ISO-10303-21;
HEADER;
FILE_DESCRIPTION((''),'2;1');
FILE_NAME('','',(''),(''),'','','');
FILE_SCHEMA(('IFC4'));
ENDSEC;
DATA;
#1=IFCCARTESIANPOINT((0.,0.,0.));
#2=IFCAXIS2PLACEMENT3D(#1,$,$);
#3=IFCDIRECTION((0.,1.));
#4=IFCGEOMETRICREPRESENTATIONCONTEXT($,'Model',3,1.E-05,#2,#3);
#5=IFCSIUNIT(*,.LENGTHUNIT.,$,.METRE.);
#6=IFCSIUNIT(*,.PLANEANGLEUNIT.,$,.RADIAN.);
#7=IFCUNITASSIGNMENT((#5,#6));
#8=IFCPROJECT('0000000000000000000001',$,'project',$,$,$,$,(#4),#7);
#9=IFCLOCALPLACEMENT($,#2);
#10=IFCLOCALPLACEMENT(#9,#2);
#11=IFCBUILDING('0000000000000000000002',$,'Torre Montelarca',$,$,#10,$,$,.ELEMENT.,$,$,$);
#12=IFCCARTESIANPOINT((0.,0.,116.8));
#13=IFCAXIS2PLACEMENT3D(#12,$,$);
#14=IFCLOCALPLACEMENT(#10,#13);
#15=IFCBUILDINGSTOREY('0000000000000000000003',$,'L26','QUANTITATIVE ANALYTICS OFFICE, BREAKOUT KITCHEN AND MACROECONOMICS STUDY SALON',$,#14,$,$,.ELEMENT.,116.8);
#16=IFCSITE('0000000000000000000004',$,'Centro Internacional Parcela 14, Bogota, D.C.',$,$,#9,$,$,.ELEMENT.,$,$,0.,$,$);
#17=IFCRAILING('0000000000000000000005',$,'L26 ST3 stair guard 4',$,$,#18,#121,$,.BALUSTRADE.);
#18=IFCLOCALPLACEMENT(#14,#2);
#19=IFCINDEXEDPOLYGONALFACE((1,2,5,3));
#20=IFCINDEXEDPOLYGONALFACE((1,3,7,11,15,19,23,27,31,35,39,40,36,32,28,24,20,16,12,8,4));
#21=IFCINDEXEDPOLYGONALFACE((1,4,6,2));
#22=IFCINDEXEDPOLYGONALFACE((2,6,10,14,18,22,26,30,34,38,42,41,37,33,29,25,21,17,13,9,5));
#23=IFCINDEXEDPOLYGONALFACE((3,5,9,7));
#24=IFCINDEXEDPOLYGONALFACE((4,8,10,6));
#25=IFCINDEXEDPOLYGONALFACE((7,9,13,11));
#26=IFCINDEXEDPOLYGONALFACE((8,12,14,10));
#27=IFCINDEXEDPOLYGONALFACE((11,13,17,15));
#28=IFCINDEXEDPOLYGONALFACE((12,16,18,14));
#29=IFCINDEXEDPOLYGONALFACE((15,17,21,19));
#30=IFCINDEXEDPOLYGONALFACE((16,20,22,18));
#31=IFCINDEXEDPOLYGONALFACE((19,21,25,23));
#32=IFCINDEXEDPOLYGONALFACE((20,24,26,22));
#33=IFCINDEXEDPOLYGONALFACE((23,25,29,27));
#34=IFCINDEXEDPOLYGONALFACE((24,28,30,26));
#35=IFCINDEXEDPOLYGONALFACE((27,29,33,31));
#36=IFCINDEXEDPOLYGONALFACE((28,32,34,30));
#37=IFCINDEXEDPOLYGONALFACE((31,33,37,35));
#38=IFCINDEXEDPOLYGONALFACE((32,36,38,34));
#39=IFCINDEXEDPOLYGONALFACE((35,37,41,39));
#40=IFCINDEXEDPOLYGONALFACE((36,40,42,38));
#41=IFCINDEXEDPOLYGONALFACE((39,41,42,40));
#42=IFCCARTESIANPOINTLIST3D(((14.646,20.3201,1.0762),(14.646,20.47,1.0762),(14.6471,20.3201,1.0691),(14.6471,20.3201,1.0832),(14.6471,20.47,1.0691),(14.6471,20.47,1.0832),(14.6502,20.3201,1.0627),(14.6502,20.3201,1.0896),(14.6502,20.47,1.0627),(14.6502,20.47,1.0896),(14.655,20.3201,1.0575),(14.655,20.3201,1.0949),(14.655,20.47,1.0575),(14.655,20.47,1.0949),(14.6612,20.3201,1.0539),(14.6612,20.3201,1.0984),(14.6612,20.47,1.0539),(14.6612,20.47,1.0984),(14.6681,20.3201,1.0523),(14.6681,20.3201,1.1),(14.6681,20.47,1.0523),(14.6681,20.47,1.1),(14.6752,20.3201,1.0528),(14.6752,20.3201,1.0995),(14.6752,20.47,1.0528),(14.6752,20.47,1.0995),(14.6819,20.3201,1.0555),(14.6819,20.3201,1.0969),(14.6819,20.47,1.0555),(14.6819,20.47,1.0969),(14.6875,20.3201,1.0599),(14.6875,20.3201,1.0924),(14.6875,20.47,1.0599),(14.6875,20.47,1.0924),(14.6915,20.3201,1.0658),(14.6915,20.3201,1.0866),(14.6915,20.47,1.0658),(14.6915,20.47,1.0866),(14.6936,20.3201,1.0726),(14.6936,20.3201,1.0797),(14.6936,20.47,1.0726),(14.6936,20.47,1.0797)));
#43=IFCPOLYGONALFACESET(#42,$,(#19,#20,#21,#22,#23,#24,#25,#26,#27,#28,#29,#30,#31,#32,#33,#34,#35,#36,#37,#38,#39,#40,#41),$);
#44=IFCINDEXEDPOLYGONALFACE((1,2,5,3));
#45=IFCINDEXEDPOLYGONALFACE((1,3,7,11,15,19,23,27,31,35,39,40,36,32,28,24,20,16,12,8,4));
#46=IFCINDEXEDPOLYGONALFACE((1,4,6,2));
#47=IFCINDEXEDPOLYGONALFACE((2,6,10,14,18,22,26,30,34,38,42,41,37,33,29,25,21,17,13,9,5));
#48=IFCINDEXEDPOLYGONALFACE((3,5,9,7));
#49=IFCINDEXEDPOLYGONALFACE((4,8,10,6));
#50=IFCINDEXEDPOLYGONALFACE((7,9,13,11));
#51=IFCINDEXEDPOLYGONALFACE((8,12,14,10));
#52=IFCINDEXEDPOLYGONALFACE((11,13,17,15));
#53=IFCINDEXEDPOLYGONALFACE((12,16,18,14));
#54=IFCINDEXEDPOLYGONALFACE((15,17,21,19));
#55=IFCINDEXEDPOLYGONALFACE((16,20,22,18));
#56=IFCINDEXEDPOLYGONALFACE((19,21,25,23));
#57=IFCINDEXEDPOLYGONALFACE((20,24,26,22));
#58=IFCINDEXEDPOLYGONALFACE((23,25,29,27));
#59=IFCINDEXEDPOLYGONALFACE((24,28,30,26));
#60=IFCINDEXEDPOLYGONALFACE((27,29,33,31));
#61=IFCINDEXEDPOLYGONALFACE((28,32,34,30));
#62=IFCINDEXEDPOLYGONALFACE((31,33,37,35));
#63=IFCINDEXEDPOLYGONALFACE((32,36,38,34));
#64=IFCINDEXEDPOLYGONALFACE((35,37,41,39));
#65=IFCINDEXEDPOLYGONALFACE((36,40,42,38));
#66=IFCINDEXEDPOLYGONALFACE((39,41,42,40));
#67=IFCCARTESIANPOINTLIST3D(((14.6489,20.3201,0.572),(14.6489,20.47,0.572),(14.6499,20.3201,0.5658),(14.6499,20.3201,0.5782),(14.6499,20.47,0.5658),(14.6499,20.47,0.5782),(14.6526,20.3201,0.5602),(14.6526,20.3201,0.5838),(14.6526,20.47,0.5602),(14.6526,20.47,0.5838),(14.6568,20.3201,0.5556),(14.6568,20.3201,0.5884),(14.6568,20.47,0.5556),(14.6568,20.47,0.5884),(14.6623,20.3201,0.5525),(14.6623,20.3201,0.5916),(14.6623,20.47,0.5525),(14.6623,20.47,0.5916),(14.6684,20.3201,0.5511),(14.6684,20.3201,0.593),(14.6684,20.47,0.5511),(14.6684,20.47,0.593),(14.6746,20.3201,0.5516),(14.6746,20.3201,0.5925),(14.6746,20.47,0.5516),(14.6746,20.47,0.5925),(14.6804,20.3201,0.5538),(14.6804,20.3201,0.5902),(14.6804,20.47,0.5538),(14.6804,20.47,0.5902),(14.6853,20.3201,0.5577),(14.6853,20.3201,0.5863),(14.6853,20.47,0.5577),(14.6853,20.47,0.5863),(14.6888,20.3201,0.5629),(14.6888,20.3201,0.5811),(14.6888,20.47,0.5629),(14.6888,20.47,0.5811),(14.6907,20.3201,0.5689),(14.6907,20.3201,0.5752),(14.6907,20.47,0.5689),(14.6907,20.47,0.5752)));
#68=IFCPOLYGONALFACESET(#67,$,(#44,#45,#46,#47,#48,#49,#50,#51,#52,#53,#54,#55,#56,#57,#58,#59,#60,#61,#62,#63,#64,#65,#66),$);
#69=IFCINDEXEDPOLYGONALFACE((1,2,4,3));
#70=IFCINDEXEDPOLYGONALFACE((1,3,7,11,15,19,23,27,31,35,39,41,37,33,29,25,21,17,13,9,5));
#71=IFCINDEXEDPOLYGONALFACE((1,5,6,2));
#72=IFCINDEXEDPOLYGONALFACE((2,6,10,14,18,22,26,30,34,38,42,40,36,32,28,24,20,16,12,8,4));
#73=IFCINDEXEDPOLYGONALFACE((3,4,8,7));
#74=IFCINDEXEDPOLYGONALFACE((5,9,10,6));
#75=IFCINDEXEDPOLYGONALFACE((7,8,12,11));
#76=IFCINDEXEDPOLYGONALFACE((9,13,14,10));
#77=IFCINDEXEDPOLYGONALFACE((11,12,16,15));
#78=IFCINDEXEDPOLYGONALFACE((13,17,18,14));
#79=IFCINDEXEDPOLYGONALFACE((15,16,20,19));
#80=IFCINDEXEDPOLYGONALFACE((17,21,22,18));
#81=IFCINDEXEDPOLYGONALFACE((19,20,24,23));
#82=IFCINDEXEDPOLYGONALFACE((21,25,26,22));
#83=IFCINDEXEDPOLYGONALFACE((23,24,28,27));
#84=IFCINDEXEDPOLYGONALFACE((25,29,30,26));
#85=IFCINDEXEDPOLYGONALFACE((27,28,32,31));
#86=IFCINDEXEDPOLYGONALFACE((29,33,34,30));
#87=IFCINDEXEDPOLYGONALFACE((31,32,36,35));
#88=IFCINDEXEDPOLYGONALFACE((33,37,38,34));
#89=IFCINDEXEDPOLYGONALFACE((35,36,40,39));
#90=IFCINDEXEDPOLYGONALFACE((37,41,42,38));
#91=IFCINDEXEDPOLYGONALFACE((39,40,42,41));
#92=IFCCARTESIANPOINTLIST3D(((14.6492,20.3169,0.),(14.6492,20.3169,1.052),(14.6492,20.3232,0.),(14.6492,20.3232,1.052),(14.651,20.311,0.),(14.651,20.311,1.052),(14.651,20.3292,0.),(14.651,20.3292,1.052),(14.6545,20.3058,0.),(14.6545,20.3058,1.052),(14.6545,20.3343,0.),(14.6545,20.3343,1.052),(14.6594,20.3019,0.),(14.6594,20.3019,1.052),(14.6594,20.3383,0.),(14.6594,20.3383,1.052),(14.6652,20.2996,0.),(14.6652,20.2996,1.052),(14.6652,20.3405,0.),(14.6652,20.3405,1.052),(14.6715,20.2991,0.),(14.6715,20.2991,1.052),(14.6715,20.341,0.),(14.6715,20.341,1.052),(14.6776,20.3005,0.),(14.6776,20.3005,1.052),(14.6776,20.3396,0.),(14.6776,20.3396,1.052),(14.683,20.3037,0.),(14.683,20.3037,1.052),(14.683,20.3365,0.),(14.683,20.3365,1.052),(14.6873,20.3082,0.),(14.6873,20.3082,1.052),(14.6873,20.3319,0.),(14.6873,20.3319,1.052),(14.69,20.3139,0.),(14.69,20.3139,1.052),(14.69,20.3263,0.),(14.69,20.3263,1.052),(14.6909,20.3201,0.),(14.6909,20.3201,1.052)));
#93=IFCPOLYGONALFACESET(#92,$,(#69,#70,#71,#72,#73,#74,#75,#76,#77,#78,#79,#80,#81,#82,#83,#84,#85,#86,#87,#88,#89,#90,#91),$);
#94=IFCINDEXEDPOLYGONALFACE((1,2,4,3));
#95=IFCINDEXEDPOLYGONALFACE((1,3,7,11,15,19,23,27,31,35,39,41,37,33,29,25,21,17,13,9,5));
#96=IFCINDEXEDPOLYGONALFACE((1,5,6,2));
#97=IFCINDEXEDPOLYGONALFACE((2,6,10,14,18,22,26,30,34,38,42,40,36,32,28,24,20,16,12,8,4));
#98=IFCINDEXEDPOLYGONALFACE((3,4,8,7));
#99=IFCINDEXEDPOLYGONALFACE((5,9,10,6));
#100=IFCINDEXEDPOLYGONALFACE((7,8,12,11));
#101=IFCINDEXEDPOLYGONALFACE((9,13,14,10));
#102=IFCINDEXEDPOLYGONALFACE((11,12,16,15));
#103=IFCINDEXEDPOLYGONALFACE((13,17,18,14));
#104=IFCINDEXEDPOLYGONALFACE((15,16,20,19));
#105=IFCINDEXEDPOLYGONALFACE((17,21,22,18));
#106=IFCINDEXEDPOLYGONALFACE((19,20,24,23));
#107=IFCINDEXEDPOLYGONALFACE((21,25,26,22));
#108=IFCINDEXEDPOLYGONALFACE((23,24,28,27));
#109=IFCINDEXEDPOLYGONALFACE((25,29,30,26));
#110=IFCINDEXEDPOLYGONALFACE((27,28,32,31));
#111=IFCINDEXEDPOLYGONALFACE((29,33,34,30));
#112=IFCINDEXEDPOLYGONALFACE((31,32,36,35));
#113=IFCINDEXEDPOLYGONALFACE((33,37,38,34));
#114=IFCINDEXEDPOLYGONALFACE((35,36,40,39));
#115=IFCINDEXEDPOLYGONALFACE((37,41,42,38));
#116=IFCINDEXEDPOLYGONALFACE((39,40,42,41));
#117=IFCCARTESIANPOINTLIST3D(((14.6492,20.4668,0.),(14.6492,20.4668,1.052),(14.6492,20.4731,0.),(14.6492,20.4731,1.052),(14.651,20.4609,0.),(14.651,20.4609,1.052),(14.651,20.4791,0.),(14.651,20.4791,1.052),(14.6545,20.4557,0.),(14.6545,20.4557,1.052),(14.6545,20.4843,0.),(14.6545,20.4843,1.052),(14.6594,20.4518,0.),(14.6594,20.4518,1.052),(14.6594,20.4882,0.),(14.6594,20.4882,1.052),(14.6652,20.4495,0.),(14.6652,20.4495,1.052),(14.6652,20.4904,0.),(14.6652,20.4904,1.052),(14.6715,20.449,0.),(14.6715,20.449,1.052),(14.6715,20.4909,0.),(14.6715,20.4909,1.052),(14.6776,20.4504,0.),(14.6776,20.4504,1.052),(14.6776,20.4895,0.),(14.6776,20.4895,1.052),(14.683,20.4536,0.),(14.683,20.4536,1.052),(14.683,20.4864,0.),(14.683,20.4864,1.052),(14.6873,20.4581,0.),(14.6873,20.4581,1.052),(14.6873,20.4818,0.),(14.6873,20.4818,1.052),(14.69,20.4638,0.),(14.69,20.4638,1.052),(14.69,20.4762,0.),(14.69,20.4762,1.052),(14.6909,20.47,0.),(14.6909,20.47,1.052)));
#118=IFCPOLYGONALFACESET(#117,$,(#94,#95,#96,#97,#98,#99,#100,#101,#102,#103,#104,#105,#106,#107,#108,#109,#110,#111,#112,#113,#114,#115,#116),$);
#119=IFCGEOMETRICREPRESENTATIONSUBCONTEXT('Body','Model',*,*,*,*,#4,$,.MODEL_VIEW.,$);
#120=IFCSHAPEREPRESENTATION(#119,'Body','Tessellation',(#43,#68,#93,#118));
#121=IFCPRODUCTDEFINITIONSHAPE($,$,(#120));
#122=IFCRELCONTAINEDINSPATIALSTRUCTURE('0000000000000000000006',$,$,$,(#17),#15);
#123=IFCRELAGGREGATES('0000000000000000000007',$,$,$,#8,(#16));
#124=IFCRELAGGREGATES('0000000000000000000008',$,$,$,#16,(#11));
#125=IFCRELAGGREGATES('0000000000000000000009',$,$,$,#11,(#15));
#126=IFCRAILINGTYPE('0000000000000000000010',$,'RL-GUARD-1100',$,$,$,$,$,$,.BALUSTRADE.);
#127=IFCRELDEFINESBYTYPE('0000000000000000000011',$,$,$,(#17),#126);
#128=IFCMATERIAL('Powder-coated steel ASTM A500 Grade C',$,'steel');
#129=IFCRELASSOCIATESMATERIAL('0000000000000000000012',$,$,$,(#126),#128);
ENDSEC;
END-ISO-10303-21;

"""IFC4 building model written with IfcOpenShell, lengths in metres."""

from ifc_helpers import new_model, si_unit, direction, frame, origin, origin_2d, place, context, subcontext, project, spatial, circle, extrude, material, type_object, element, save


model = new_model("IFC4")

# Units and contexts
model_context = context("Model", 3, precision=1e-05, world=origin(), true_north=direction((0.0, 1.0)))
body_context = subcontext(model_context, "Body", "Model", "MODEL_VIEW")
ifc_project = project(units=[si_unit("LENGTHUNIT", "METRE"), si_unit("PLANEANGLEUNIT", "RADIAN")], contexts=[model_context])

# Site, building, storey
site_placement = place(None, origin())
site = spatial("IfcSite", under=ifc_project, at=site_placement, Name="Centro Internacional Parcela 14, Bogota, D.C.", CompositionType="ELEMENT", RefElevation=0.0)
building_placement = place(site_placement, origin())
building = spatial("IfcBuilding", under=site, at=building_placement, Name="Torre Montelarca", CompositionType="ELEMENT")
storey_placement = place(building_placement, frame((0.0, 0.0, 116.8)))
storey = spatial("IfcBuildingStorey", under=building, at=storey_placement, Name="L26", Description="QUANTITATIVE ANALYTICS OFFICE, BREAKOUT KITCHEN AND MACROECONOMICS STUDY SALON", CompositionType="ELEMENT", Elevation=116.8)

# Railing
ifc_material_1 = material(Name="Powder-coated steel ASTM A500 Grade C", Category="steel")
railing_type_1 = type_object("IfcRailingType", Name="RL-GUARD-1100", PredefinedType="BALUSTRADE", material=ifc_material_1)
railing_1_placement = place(storey_placement, frame((14.6699, 20.3201, 0.0)))
element("IfcRailing", 1, at=railing_1_placement, inside=storey, type_object=railing_type_1, Name="L26 ST3 stair guard 4", PredefinedType="BALUSTRADE", context=body_context, shape_type="SweptSolid", body=[
    extrude(circle(Radius=0.0239, at=origin_2d()), frame((0.0, 0.0, 1.0762), z_axis=(0.0, 1.0, 0.0), x_axis=(-1.0, 0.0, 0.0)), (0.0, 0.0, 1.0), 0.1499),
    extrude(circle(Radius=0.021, at=origin_2d()), frame((0.0, 0.0, 0.572), z_axis=(0.0, 1.0, 0.0), x_axis=(-1.0, 0.0, 0.0)), (0.0, 0.0, 1.0), 0.1499),
    extrude(circle(Radius=0.021, at=origin_2d()), origin(), (0.0, 0.0, 1.0), 1.052),
    extrude(circle(Radius=0.021, at=origin_2d()), frame((0.0, 0.1499, 0.0)), (0.0, 0.0, 1.0), 1.052),
])

save(model, "model.ifc")
